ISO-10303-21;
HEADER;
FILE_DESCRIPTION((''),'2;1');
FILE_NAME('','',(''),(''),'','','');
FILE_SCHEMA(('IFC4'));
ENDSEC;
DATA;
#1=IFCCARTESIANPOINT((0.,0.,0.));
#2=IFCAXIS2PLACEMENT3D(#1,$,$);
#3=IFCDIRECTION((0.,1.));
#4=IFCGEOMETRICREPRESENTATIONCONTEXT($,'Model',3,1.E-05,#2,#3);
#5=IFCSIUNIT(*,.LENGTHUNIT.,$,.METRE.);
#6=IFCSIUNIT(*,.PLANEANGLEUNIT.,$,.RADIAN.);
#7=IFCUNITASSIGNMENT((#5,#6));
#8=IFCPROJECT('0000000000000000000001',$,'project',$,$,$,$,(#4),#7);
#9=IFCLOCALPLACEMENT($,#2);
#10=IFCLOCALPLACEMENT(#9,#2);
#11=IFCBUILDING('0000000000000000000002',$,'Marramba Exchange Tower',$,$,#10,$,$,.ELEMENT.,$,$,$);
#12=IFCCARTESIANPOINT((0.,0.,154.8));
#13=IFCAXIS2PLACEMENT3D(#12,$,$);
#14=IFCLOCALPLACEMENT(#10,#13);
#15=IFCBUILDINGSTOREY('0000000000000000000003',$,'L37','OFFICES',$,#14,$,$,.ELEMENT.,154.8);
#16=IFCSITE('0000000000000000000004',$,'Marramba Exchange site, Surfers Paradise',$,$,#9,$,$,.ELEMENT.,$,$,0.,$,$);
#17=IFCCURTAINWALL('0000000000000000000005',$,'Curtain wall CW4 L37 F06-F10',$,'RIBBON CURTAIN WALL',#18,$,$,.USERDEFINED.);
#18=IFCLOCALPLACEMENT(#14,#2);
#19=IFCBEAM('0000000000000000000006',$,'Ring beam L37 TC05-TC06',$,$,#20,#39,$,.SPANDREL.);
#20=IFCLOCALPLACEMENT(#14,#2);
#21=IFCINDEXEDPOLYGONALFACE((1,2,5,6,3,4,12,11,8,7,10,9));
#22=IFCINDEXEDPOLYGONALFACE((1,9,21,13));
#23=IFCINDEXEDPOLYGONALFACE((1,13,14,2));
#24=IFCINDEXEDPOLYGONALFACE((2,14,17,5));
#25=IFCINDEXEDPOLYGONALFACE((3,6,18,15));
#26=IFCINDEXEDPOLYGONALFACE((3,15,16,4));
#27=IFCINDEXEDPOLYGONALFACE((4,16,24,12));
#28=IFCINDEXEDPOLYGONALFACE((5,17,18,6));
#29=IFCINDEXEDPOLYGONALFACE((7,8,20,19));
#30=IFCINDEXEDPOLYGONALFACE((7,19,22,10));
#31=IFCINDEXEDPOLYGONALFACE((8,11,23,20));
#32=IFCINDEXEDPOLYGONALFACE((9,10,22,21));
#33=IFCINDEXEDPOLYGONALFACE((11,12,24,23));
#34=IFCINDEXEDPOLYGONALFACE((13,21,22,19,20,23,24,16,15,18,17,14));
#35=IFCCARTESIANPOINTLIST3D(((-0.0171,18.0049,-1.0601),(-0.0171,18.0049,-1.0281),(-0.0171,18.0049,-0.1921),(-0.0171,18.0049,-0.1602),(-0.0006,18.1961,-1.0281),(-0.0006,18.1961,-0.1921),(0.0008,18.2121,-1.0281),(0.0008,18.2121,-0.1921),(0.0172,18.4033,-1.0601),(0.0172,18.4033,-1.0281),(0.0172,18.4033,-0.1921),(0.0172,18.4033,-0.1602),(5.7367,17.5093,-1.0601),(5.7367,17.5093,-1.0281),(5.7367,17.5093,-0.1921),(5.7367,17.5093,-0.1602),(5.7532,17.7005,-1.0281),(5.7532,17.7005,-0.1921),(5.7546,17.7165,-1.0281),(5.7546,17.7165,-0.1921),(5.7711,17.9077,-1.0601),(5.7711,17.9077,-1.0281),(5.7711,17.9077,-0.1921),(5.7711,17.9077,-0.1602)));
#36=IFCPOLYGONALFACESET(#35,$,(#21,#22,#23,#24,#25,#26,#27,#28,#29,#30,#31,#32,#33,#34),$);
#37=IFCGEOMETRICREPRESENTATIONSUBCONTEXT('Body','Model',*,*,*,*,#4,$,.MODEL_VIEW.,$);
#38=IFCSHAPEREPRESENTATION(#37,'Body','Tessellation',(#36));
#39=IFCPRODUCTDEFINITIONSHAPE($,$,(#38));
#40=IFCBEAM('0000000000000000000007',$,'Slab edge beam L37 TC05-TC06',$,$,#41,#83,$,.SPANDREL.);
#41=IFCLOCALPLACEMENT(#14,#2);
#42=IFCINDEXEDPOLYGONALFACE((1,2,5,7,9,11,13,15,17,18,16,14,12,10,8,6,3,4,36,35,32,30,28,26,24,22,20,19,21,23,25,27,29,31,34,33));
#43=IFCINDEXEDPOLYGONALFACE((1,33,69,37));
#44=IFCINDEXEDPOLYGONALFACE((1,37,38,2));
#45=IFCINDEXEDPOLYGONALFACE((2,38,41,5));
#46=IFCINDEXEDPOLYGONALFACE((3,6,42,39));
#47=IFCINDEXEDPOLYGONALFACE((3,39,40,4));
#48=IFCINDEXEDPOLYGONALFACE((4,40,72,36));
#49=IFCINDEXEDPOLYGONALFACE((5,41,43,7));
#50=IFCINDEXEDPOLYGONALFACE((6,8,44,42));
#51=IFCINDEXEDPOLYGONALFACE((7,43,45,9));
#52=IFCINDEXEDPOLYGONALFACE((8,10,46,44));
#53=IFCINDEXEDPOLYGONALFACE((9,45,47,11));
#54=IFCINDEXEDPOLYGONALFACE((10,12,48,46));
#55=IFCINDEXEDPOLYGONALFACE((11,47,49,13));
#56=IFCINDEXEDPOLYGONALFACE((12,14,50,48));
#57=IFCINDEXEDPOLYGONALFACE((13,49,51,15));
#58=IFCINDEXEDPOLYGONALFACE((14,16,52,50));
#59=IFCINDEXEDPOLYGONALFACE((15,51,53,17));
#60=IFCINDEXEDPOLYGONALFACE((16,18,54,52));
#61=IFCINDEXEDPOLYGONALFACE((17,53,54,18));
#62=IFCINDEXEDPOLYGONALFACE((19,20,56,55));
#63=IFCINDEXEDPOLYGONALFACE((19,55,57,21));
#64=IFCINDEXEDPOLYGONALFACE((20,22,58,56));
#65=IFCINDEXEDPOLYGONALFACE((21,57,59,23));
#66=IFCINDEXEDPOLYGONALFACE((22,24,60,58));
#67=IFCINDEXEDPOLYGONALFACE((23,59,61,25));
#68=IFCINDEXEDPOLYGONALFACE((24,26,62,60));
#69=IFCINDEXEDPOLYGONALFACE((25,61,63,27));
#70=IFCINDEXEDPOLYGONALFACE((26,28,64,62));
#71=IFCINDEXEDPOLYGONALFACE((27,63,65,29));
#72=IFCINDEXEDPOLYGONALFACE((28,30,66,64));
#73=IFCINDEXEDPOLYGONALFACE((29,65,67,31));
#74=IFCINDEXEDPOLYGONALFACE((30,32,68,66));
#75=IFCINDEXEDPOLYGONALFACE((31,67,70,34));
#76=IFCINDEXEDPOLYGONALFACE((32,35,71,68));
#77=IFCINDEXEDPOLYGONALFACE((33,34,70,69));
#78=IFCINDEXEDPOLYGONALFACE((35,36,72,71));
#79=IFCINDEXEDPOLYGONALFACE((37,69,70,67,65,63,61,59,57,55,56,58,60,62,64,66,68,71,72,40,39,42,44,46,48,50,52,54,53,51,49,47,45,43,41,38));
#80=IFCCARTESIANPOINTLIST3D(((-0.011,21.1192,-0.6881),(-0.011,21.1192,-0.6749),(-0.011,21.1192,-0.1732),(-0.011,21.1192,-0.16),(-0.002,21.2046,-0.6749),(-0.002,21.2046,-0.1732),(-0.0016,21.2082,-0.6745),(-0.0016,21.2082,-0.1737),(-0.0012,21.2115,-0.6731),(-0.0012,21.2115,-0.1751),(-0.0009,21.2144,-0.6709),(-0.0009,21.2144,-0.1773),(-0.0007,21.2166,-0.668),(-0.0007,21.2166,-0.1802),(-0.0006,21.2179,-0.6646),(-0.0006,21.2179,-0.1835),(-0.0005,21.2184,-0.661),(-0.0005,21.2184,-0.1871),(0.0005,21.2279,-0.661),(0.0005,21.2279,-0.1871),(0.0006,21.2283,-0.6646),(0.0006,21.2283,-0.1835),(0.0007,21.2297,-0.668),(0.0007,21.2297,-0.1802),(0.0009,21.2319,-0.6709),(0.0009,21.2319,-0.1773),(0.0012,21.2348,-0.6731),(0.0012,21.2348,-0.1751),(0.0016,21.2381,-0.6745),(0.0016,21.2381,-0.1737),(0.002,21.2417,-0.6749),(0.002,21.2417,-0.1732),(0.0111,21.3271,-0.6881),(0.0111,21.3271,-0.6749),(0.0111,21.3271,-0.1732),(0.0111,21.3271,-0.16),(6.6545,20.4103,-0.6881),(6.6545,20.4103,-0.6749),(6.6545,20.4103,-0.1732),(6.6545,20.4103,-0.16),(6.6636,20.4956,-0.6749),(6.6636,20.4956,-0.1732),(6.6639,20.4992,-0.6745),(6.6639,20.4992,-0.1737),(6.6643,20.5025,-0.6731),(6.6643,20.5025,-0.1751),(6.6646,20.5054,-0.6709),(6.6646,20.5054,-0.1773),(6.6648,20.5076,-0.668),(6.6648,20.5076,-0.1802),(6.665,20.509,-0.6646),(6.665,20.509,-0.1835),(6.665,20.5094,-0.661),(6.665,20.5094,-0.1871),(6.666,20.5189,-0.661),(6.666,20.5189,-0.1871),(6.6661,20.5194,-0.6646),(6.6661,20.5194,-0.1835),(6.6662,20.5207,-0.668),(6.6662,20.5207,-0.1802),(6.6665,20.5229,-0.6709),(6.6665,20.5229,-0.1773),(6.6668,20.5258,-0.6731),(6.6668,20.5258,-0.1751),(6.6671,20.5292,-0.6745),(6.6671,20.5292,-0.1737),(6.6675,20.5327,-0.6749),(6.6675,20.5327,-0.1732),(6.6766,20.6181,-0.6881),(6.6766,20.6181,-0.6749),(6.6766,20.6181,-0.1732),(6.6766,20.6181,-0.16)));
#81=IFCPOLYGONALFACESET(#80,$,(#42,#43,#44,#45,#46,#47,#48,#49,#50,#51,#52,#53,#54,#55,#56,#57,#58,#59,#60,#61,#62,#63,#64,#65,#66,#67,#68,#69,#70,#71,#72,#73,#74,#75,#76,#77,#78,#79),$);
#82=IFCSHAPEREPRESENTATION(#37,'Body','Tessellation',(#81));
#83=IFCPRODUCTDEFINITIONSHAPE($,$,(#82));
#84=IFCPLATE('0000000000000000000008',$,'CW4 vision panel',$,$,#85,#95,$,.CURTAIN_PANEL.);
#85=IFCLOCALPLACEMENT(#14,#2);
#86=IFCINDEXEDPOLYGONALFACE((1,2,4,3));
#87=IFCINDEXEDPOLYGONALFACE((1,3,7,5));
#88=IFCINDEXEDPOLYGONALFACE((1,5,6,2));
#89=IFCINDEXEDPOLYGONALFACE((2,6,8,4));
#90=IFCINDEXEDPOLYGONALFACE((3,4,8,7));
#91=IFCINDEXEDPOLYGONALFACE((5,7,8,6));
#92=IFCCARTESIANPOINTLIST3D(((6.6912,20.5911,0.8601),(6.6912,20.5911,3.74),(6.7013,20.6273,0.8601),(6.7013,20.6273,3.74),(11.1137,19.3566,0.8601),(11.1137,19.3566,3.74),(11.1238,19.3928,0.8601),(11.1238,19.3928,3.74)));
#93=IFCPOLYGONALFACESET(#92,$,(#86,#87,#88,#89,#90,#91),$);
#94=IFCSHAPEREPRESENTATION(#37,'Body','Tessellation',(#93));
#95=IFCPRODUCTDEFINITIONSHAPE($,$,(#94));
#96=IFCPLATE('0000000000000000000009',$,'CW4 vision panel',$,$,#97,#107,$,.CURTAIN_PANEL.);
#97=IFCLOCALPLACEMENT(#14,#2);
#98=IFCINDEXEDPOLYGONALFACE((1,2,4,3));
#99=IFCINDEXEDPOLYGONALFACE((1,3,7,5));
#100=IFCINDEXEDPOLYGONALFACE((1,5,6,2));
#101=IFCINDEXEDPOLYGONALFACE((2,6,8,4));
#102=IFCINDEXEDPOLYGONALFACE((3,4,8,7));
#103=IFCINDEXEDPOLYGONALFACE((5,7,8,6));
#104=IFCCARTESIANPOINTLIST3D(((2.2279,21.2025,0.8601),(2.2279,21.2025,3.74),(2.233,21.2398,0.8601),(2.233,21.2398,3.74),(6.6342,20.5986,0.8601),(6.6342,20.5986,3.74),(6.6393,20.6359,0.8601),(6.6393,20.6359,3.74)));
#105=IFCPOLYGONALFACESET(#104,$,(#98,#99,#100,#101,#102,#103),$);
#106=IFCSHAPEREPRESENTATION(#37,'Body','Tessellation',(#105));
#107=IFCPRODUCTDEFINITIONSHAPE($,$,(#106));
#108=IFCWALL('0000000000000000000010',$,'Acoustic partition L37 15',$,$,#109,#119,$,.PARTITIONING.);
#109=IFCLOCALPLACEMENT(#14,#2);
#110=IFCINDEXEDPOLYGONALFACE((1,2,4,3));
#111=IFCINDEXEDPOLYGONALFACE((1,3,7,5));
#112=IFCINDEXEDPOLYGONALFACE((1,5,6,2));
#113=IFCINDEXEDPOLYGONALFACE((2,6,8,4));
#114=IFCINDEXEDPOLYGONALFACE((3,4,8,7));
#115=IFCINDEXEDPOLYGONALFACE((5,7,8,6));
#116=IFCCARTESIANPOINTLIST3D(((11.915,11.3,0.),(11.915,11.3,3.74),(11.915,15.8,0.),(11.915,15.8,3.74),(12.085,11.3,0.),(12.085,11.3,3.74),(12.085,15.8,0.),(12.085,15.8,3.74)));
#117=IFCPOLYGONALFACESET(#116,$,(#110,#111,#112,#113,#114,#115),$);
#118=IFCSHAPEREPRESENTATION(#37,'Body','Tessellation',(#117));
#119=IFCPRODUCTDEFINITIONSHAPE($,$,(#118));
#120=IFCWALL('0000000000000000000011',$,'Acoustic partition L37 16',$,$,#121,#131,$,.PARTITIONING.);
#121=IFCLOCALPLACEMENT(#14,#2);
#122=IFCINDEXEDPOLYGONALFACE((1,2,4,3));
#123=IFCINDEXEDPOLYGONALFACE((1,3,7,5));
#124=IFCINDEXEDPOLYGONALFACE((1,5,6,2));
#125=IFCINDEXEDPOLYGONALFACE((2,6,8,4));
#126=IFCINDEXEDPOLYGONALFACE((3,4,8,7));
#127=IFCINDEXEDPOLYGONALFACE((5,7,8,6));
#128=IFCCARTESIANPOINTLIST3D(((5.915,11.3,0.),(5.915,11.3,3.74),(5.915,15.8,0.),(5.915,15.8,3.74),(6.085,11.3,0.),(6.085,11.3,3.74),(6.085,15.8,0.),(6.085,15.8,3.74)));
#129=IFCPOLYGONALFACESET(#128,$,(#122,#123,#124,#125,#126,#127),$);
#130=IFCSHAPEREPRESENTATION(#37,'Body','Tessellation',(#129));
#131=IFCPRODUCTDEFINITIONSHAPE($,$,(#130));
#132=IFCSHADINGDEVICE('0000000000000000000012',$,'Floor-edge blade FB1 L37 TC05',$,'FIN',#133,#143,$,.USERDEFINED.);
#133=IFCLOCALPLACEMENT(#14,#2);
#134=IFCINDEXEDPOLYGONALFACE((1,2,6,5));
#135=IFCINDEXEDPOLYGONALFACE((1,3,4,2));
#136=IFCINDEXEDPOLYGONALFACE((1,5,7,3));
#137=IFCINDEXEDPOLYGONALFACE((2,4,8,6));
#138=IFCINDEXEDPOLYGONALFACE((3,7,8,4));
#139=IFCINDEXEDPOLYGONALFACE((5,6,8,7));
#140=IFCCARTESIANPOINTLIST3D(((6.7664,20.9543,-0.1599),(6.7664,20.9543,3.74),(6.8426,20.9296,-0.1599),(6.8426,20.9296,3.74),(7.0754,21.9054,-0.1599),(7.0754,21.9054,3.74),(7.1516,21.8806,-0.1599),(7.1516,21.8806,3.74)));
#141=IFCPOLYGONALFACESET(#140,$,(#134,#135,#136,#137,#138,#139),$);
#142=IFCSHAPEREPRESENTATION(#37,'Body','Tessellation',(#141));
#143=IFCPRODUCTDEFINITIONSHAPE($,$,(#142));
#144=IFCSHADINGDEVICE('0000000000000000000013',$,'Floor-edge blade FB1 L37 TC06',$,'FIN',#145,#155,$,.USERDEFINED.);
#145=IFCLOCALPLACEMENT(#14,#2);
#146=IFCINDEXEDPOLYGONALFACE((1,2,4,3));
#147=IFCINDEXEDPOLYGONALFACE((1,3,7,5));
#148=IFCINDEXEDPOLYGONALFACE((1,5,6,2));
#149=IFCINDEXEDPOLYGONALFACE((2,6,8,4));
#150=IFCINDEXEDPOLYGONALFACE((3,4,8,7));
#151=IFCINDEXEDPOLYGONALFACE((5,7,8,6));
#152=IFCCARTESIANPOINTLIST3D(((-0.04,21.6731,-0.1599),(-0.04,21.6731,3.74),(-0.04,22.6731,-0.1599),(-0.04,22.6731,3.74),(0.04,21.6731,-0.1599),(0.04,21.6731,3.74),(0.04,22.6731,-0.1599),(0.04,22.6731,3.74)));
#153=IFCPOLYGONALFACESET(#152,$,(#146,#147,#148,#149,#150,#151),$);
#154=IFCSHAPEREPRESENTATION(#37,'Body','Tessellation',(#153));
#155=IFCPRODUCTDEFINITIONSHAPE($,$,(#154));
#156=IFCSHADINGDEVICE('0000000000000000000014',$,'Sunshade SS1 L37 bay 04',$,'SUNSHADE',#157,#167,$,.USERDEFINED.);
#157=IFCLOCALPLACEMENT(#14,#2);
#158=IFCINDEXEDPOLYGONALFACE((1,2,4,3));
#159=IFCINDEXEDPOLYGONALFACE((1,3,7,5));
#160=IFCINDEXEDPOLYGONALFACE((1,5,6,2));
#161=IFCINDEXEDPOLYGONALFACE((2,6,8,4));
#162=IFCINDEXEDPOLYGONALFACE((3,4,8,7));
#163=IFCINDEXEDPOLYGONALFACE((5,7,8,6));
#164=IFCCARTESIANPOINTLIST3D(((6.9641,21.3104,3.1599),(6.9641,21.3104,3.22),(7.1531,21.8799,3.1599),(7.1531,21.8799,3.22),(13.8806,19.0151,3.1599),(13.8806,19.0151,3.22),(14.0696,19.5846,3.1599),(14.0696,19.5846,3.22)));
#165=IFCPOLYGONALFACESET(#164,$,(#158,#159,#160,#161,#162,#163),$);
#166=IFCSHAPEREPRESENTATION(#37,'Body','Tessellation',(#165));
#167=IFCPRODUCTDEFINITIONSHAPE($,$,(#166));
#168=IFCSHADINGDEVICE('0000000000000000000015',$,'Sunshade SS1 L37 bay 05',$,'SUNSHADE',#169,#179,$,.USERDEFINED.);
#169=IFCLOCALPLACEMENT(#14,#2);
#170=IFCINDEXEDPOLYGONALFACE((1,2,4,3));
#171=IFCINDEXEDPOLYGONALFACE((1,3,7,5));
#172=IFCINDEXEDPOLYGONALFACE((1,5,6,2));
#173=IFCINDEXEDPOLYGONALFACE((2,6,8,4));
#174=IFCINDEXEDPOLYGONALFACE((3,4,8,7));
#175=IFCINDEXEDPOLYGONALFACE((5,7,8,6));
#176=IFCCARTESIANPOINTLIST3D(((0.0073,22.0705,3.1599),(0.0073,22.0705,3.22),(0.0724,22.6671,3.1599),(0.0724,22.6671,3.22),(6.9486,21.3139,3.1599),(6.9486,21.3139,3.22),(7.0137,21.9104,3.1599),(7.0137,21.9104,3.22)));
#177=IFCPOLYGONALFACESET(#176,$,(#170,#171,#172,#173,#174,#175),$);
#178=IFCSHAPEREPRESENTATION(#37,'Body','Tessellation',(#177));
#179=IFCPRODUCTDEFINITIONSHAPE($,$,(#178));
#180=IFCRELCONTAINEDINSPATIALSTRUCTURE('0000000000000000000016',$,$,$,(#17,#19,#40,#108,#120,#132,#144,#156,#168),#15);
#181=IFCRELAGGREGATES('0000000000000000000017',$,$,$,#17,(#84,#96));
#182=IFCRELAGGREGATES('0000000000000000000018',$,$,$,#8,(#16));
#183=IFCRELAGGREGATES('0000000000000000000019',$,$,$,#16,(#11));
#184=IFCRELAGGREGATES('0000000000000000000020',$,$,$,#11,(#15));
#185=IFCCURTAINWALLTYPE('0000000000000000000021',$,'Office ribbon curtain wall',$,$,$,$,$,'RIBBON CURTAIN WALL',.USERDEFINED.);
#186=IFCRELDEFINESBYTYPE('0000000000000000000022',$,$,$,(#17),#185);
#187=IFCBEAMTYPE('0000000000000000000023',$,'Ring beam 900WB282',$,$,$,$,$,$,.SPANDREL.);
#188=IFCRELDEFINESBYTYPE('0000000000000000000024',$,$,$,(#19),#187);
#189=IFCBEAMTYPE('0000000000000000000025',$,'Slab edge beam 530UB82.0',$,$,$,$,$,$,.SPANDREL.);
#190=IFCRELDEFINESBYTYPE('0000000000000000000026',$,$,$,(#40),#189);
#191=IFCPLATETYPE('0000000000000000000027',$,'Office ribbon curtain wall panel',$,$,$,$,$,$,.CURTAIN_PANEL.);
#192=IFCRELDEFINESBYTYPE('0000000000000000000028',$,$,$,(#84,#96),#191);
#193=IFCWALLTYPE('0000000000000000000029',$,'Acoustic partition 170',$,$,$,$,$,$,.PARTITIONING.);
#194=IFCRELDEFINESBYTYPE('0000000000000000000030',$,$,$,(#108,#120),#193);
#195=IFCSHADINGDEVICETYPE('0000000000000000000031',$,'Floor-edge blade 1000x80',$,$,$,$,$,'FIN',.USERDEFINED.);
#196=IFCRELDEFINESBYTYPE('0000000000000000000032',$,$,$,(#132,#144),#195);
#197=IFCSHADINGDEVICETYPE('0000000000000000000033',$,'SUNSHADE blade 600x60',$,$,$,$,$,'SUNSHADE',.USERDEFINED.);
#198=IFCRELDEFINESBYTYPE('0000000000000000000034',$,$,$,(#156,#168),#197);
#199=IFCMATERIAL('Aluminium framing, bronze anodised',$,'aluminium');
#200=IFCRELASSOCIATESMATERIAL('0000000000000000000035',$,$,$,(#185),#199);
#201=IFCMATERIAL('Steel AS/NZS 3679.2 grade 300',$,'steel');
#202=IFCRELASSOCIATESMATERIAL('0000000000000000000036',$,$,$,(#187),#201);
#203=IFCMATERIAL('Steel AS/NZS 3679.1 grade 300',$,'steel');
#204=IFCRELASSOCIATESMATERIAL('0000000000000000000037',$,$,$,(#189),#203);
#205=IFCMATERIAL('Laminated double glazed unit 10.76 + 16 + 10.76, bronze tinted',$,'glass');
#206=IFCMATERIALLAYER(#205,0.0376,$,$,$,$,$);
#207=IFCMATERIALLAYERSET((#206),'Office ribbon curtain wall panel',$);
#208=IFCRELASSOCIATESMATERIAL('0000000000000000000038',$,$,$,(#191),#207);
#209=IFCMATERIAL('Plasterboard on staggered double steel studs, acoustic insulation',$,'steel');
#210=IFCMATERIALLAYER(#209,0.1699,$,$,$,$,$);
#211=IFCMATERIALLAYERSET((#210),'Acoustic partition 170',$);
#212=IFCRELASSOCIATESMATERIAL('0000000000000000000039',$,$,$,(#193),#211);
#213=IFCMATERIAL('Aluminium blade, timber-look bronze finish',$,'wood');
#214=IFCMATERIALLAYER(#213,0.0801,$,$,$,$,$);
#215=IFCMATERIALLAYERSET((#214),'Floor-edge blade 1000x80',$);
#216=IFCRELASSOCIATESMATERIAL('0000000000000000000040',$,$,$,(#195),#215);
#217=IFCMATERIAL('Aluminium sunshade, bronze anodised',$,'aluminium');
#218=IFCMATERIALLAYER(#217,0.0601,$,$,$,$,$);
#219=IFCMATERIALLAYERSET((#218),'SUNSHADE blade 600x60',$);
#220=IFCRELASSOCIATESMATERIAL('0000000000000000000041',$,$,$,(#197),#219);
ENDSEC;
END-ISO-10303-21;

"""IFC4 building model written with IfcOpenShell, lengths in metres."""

from ifc_helpers import new_model, si_unit, direction, frame, frame_2d, origin, origin_2d, place, context, subcontext, project, spatial, rectangle, i_section, extrude, material, layer, layer_set, material_profile, profile_set, type_object, element, aggregate, save


model = new_model("IFC4")

# Units and contexts
model_context = context("Model", 3, precision=1e-05, world=origin(), true_north=direction((0.0, 1.0)))
body_context = subcontext(model_context, "Body", "Model", "MODEL_VIEW")
ifc_project = project(units=[si_unit("LENGTHUNIT", "METRE"), si_unit("PLANEANGLEUNIT", "RADIAN")], contexts=[model_context])

# Site, building, storey
site_placement = place(None, origin())
site = spatial("IfcSite", under=ifc_project, at=site_placement, Name="Marramba Exchange site, Surfers Paradise", CompositionType="ELEMENT", RefElevation=0.0)
building_placement = place(site_placement, origin())
building = spatial("IfcBuilding", under=site, at=building_placement, Name="Marramba Exchange Tower", CompositionType="ELEMENT")
storey_placement = place(building_placement, frame((0.0, 0.0, 154.8)))
storey = spatial("IfcBuildingStorey", under=building, at=storey_placement, Name="L37", Description="OFFICES", CompositionType="ELEMENT", Elevation=154.8)

# Shared definitions
ifc_material_1 = material(Name="Steel AS/NZS 3679.2 grade 300", Category="steel")

# Curtain wall
ifc_material_2 = material(Name="Aluminium framing, bronze anodised", Category="aluminium")
curtain_wall_type = type_object("IfcCurtainWallType", Name="Office ribbon curtain wall", ElementType="RIBBON CURTAIN WALL", PredefinedType="USERDEFINED", material=ifc_material_2)
curtain_wall_placement = place(storey_placement, origin())
curtain_wall = element("IfcCurtainWall", 1, at=curtain_wall_placement, inside=storey, type_object=curtain_wall_type, Name="Curtain wall CW4 L37 F06-F10", ObjectType="RIBBON CURTAIN WALL", PredefinedType="USERDEFINED")

# Beams
ifc_material_profile_1 = material_profile(ifc_material_1, i_section(OverallWidth=0.3999, OverallDepth=0.8999, WebThickness=0.0161, FlangeThickness=0.032, at=origin_2d()), Name="900WB282")
ifc_profile_set_1 = profile_set([ifc_material_profile_1], Name="Steel AS/NZS 3679.2 grade 300")
beam_type_1 = type_object("IfcBeamType", Name="Ring beam 900WB282", PredefinedType="SPANDREL", material=ifc_profile_set_1)
beam_1_placement = place(storey_placement, frame((5.7539, 17.7085, -0.6101), z_axis=(-0.996311, 0.085816, 0.0), x_axis=(-0.085816, -0.996311, 0.0)))
element("IfcBeam", 2, at=beam_1_placement, inside=storey, type_object=beam_type_1, Name="Ring beam L37 TC05-TC06", PredefinedType="SPANDREL", context=body_context, shape_type="SweptSolid", body=[
    extrude(i_section(OverallWidth=0.3999, OverallDepth=0.8999, WebThickness=0.0161, FlangeThickness=0.032, at=origin_2d()), origin(), (0.0, 0.0, 1.0), 5.7751),
])
ifc_material_3 = material(Name="Steel AS/NZS 3679.1 grade 300", Category="steel")
ifc_material_profile_2 = material_profile(ifc_material_3, i_section(OverallWidth=0.209, OverallDepth=0.5281, WebThickness=0.0095, FlangeThickness=0.0132, FilletRadius=0.0139, at=origin_2d()), Name="530UB82.0")
ifc_profile_set_2 = profile_set([ifc_material_profile_2], Name="Steel AS/NZS 3679.1 grade 300")
beam_type_2 = type_object("IfcBeamType", Name="Slab edge beam 530UB82.0", PredefinedType="SPANDREL", material=ifc_profile_set_2)
beam_2_placement = place(storey_placement, frame((6.6655, 20.5142, -0.4241), z_axis=(-0.994391, 0.105769, 0.0), x_axis=(-0.105769, -0.994391, 0.0)))
element("IfcBeam", 3, at=beam_2_placement, inside=storey, type_object=beam_type_2, Name="Slab edge beam L37 TC05-TC06", PredefinedType="SPANDREL", context=body_context, shape_type="SweptSolid", body=[
    extrude(i_section(OverallWidth=0.209, OverallDepth=0.5281, WebThickness=0.0095, FlangeThickness=0.0132, FilletRadius=0.0139, at=origin_2d()), origin(), (0.0, 0.0, 1.0), 6.7031),
])

# Plates
ifc_material_4 = material(Name="Laminated double glazed unit 10.76 + 16 + 10.76, bronze tinted", Category="glass")
ifc_layer_1 = layer(ifc_material_4, 0.0376)
ifc_layer_set_1 = layer_set([ifc_layer_1], Name="Office ribbon curtain wall panel")
plate_type = type_object("IfcPlateType", Name="Office ribbon curtain wall panel", PredefinedType="CURTAIN_PANEL", material=ifc_layer_set_1)
plate_1_placement = place(storey_placement, frame((8.9075, 19.9919, 0.8601), z_axis=(0.0, 0.0, 1.0), x_axis=(-0.963178, 0.268865, 0.0)))
plate_1 = element("IfcPlate", 4, at=plate_1_placement, type_object=plate_type, Name="CW4 vision panel", PredefinedType="CURTAIN_PANEL", context=body_context, shape_type="SweptSolid", body=[
    extrude(rectangle(XDim=4.5916, YDim=0.0376, at=origin_2d()), origin(), (0.0, 0.0, 1.0), 2.8799),
])
plate_2_placement = place(storey_placement, frame((4.4336, 20.9192, 0.8601), z_axis=(0.0, 0.0, 1.0), x_axis=(-0.990738, 0.135786, 0.0)))
plate_2 = element("IfcPlate", 5, at=plate_2_placement, type_object=plate_type, Name="CW4 vision panel", PredefinedType="CURTAIN_PANEL", context=body_context, shape_type="SweptSolid", body=[
    extrude(rectangle(XDim=4.4475, YDim=0.0376, at=origin_2d()), origin(), (0.0, 0.0, 1.0), 2.8799),
])
aggregate(curtain_wall, [plate_1, plate_2])

# Walls
ifc_material_5 = material(Name="Plasterboard on staggered double steel studs, acoustic insulation", Category="steel")
ifc_layer_2 = layer(ifc_material_5, 0.1699)
ifc_layer_set_2 = layer_set([ifc_layer_2], Name="Acoustic partition 170")
wall_type = type_object("IfcWallType", Name="Acoustic partition 170", PredefinedType="PARTITIONING", material=ifc_layer_set_2)
for number, where, z_axis, x_axis, name in (
    (6, (12.0, 15.8, 0.0), (0.0, 0.0, 1.0), (0.0, -1.0, 0.0), "Acoustic partition L37 15"),
    (7, (6.0, 15.8, 0.0), (0.0, 0.0, 1.0), (0.0, -1.0, 0.0), "Acoustic partition L37 16"),
):
    element("IfcWall", number, at=place(storey_placement, frame(where, z_axis=z_axis, x_axis=x_axis)), inside=storey, type_object=wall_type, Name=name, PredefinedType="PARTITIONING", context=body_context, shape_type="SweptSolid", body=[
        extrude(rectangle(XDim=4.5, YDim=0.1699, at=frame_2d((2.25, 0.0))), origin(), (0.0, 0.0, 1.0), 3.74),
    ])

# Shading devices
ifc_material_6 = material(Name="Aluminium blade, timber-look bronze finish", Category="wood")
ifc_layer_3 = layer(ifc_material_6, 0.0801)
ifc_layer_set_3 = layer_set([ifc_layer_3], Name="Floor-edge blade 1000x80")
shading_device_type_1 = type_object("IfcShadingDeviceType", Name="Floor-edge blade 1000x80", ElementType="FIN", PredefinedType="USERDEFINED", material=ifc_layer_set_3)
for number, where, z_axis, x_axis, name in (
    (8, (6.959, 21.4175, -0.1599), (0.0, 0.0, 1.0), (0.309017, 0.951057, 0.0), "Floor-edge blade FB1 L37 TC05"),
    (9, (0.0, 22.1731, -0.1599), (0.0, 0.0, 1.0), (0.0, 1.0, 0.0), "Floor-edge blade FB1 L37 TC06"),
):
    element("IfcShadingDevice", number, at=place(storey_placement, frame(where, z_axis=z_axis, x_axis=x_axis)), inside=storey, type_object=shading_device_type_1, Name=name, ObjectType="FIN", PredefinedType="USERDEFINED", context=body_context, shape_type="SweptSolid", body=[
        extrude(rectangle(XDim=1.0, YDim=0.0801, at=origin_2d()), origin(), (0.0, 0.0, 1.0), 3.8999),
    ])
ifc_material_7 = material(Name="Aluminium sunshade, bronze anodised", Category="aluminium")
ifc_layer_4 = layer(ifc_material_7, 0.0601)
ifc_layer_set_4 = layer_set([ifc_layer_4], Name="SUNSHADE blade 600x60")
shading_device_type_2 = type_object("IfcShadingDeviceType", Name="SUNSHADE blade 600x60", ElementType="SUNSHADE", PredefinedType="USERDEFINED", material=ifc_layer_set_4)
shading_device_1_placement = place(storey_placement, frame((10.5168, 20.4475, 3.1599), z_axis=(0.0, 0.0, 1.0), x_axis=(-0.949101, 0.314972, 0.0)))
element("IfcShadingDevice", 10, at=shading_device_1_placement, inside=storey, type_object=shading_device_type_2, Name="Sunshade SS1 L37 bay 04", ObjectType="SUNSHADE", PredefinedType="USERDEFINED", context=body_context, shape_type="SweptSolid", body=[
    extrude(rectangle(XDim=7.2874, YDim=0.6001, at=origin_2d()), origin(), (0.0, 0.0, 1.0), 0.0601),
])
shading_device_2_placement = place(storey_placement, frame((3.5105, 21.9905, 3.1599), z_axis=(0.0, 0.0, 1.0), x_axis=(-0.994111, 0.108363, 0.0)))
element("IfcShadingDevice", 11, at=shading_device_2_placement, inside=storey, type_object=shading_device_type_2, Name="Sunshade SS1 L37 bay 05", ObjectType="SUNSHADE", PredefinedType="USERDEFINED", context=body_context, shape_type="SweptSolid", body=[
    extrude(rectangle(XDim=6.9824, YDim=0.6001, at=origin_2d()), origin(), (0.0, 0.0, 1.0), 0.0601),
])

save(model, "model.ifc")
